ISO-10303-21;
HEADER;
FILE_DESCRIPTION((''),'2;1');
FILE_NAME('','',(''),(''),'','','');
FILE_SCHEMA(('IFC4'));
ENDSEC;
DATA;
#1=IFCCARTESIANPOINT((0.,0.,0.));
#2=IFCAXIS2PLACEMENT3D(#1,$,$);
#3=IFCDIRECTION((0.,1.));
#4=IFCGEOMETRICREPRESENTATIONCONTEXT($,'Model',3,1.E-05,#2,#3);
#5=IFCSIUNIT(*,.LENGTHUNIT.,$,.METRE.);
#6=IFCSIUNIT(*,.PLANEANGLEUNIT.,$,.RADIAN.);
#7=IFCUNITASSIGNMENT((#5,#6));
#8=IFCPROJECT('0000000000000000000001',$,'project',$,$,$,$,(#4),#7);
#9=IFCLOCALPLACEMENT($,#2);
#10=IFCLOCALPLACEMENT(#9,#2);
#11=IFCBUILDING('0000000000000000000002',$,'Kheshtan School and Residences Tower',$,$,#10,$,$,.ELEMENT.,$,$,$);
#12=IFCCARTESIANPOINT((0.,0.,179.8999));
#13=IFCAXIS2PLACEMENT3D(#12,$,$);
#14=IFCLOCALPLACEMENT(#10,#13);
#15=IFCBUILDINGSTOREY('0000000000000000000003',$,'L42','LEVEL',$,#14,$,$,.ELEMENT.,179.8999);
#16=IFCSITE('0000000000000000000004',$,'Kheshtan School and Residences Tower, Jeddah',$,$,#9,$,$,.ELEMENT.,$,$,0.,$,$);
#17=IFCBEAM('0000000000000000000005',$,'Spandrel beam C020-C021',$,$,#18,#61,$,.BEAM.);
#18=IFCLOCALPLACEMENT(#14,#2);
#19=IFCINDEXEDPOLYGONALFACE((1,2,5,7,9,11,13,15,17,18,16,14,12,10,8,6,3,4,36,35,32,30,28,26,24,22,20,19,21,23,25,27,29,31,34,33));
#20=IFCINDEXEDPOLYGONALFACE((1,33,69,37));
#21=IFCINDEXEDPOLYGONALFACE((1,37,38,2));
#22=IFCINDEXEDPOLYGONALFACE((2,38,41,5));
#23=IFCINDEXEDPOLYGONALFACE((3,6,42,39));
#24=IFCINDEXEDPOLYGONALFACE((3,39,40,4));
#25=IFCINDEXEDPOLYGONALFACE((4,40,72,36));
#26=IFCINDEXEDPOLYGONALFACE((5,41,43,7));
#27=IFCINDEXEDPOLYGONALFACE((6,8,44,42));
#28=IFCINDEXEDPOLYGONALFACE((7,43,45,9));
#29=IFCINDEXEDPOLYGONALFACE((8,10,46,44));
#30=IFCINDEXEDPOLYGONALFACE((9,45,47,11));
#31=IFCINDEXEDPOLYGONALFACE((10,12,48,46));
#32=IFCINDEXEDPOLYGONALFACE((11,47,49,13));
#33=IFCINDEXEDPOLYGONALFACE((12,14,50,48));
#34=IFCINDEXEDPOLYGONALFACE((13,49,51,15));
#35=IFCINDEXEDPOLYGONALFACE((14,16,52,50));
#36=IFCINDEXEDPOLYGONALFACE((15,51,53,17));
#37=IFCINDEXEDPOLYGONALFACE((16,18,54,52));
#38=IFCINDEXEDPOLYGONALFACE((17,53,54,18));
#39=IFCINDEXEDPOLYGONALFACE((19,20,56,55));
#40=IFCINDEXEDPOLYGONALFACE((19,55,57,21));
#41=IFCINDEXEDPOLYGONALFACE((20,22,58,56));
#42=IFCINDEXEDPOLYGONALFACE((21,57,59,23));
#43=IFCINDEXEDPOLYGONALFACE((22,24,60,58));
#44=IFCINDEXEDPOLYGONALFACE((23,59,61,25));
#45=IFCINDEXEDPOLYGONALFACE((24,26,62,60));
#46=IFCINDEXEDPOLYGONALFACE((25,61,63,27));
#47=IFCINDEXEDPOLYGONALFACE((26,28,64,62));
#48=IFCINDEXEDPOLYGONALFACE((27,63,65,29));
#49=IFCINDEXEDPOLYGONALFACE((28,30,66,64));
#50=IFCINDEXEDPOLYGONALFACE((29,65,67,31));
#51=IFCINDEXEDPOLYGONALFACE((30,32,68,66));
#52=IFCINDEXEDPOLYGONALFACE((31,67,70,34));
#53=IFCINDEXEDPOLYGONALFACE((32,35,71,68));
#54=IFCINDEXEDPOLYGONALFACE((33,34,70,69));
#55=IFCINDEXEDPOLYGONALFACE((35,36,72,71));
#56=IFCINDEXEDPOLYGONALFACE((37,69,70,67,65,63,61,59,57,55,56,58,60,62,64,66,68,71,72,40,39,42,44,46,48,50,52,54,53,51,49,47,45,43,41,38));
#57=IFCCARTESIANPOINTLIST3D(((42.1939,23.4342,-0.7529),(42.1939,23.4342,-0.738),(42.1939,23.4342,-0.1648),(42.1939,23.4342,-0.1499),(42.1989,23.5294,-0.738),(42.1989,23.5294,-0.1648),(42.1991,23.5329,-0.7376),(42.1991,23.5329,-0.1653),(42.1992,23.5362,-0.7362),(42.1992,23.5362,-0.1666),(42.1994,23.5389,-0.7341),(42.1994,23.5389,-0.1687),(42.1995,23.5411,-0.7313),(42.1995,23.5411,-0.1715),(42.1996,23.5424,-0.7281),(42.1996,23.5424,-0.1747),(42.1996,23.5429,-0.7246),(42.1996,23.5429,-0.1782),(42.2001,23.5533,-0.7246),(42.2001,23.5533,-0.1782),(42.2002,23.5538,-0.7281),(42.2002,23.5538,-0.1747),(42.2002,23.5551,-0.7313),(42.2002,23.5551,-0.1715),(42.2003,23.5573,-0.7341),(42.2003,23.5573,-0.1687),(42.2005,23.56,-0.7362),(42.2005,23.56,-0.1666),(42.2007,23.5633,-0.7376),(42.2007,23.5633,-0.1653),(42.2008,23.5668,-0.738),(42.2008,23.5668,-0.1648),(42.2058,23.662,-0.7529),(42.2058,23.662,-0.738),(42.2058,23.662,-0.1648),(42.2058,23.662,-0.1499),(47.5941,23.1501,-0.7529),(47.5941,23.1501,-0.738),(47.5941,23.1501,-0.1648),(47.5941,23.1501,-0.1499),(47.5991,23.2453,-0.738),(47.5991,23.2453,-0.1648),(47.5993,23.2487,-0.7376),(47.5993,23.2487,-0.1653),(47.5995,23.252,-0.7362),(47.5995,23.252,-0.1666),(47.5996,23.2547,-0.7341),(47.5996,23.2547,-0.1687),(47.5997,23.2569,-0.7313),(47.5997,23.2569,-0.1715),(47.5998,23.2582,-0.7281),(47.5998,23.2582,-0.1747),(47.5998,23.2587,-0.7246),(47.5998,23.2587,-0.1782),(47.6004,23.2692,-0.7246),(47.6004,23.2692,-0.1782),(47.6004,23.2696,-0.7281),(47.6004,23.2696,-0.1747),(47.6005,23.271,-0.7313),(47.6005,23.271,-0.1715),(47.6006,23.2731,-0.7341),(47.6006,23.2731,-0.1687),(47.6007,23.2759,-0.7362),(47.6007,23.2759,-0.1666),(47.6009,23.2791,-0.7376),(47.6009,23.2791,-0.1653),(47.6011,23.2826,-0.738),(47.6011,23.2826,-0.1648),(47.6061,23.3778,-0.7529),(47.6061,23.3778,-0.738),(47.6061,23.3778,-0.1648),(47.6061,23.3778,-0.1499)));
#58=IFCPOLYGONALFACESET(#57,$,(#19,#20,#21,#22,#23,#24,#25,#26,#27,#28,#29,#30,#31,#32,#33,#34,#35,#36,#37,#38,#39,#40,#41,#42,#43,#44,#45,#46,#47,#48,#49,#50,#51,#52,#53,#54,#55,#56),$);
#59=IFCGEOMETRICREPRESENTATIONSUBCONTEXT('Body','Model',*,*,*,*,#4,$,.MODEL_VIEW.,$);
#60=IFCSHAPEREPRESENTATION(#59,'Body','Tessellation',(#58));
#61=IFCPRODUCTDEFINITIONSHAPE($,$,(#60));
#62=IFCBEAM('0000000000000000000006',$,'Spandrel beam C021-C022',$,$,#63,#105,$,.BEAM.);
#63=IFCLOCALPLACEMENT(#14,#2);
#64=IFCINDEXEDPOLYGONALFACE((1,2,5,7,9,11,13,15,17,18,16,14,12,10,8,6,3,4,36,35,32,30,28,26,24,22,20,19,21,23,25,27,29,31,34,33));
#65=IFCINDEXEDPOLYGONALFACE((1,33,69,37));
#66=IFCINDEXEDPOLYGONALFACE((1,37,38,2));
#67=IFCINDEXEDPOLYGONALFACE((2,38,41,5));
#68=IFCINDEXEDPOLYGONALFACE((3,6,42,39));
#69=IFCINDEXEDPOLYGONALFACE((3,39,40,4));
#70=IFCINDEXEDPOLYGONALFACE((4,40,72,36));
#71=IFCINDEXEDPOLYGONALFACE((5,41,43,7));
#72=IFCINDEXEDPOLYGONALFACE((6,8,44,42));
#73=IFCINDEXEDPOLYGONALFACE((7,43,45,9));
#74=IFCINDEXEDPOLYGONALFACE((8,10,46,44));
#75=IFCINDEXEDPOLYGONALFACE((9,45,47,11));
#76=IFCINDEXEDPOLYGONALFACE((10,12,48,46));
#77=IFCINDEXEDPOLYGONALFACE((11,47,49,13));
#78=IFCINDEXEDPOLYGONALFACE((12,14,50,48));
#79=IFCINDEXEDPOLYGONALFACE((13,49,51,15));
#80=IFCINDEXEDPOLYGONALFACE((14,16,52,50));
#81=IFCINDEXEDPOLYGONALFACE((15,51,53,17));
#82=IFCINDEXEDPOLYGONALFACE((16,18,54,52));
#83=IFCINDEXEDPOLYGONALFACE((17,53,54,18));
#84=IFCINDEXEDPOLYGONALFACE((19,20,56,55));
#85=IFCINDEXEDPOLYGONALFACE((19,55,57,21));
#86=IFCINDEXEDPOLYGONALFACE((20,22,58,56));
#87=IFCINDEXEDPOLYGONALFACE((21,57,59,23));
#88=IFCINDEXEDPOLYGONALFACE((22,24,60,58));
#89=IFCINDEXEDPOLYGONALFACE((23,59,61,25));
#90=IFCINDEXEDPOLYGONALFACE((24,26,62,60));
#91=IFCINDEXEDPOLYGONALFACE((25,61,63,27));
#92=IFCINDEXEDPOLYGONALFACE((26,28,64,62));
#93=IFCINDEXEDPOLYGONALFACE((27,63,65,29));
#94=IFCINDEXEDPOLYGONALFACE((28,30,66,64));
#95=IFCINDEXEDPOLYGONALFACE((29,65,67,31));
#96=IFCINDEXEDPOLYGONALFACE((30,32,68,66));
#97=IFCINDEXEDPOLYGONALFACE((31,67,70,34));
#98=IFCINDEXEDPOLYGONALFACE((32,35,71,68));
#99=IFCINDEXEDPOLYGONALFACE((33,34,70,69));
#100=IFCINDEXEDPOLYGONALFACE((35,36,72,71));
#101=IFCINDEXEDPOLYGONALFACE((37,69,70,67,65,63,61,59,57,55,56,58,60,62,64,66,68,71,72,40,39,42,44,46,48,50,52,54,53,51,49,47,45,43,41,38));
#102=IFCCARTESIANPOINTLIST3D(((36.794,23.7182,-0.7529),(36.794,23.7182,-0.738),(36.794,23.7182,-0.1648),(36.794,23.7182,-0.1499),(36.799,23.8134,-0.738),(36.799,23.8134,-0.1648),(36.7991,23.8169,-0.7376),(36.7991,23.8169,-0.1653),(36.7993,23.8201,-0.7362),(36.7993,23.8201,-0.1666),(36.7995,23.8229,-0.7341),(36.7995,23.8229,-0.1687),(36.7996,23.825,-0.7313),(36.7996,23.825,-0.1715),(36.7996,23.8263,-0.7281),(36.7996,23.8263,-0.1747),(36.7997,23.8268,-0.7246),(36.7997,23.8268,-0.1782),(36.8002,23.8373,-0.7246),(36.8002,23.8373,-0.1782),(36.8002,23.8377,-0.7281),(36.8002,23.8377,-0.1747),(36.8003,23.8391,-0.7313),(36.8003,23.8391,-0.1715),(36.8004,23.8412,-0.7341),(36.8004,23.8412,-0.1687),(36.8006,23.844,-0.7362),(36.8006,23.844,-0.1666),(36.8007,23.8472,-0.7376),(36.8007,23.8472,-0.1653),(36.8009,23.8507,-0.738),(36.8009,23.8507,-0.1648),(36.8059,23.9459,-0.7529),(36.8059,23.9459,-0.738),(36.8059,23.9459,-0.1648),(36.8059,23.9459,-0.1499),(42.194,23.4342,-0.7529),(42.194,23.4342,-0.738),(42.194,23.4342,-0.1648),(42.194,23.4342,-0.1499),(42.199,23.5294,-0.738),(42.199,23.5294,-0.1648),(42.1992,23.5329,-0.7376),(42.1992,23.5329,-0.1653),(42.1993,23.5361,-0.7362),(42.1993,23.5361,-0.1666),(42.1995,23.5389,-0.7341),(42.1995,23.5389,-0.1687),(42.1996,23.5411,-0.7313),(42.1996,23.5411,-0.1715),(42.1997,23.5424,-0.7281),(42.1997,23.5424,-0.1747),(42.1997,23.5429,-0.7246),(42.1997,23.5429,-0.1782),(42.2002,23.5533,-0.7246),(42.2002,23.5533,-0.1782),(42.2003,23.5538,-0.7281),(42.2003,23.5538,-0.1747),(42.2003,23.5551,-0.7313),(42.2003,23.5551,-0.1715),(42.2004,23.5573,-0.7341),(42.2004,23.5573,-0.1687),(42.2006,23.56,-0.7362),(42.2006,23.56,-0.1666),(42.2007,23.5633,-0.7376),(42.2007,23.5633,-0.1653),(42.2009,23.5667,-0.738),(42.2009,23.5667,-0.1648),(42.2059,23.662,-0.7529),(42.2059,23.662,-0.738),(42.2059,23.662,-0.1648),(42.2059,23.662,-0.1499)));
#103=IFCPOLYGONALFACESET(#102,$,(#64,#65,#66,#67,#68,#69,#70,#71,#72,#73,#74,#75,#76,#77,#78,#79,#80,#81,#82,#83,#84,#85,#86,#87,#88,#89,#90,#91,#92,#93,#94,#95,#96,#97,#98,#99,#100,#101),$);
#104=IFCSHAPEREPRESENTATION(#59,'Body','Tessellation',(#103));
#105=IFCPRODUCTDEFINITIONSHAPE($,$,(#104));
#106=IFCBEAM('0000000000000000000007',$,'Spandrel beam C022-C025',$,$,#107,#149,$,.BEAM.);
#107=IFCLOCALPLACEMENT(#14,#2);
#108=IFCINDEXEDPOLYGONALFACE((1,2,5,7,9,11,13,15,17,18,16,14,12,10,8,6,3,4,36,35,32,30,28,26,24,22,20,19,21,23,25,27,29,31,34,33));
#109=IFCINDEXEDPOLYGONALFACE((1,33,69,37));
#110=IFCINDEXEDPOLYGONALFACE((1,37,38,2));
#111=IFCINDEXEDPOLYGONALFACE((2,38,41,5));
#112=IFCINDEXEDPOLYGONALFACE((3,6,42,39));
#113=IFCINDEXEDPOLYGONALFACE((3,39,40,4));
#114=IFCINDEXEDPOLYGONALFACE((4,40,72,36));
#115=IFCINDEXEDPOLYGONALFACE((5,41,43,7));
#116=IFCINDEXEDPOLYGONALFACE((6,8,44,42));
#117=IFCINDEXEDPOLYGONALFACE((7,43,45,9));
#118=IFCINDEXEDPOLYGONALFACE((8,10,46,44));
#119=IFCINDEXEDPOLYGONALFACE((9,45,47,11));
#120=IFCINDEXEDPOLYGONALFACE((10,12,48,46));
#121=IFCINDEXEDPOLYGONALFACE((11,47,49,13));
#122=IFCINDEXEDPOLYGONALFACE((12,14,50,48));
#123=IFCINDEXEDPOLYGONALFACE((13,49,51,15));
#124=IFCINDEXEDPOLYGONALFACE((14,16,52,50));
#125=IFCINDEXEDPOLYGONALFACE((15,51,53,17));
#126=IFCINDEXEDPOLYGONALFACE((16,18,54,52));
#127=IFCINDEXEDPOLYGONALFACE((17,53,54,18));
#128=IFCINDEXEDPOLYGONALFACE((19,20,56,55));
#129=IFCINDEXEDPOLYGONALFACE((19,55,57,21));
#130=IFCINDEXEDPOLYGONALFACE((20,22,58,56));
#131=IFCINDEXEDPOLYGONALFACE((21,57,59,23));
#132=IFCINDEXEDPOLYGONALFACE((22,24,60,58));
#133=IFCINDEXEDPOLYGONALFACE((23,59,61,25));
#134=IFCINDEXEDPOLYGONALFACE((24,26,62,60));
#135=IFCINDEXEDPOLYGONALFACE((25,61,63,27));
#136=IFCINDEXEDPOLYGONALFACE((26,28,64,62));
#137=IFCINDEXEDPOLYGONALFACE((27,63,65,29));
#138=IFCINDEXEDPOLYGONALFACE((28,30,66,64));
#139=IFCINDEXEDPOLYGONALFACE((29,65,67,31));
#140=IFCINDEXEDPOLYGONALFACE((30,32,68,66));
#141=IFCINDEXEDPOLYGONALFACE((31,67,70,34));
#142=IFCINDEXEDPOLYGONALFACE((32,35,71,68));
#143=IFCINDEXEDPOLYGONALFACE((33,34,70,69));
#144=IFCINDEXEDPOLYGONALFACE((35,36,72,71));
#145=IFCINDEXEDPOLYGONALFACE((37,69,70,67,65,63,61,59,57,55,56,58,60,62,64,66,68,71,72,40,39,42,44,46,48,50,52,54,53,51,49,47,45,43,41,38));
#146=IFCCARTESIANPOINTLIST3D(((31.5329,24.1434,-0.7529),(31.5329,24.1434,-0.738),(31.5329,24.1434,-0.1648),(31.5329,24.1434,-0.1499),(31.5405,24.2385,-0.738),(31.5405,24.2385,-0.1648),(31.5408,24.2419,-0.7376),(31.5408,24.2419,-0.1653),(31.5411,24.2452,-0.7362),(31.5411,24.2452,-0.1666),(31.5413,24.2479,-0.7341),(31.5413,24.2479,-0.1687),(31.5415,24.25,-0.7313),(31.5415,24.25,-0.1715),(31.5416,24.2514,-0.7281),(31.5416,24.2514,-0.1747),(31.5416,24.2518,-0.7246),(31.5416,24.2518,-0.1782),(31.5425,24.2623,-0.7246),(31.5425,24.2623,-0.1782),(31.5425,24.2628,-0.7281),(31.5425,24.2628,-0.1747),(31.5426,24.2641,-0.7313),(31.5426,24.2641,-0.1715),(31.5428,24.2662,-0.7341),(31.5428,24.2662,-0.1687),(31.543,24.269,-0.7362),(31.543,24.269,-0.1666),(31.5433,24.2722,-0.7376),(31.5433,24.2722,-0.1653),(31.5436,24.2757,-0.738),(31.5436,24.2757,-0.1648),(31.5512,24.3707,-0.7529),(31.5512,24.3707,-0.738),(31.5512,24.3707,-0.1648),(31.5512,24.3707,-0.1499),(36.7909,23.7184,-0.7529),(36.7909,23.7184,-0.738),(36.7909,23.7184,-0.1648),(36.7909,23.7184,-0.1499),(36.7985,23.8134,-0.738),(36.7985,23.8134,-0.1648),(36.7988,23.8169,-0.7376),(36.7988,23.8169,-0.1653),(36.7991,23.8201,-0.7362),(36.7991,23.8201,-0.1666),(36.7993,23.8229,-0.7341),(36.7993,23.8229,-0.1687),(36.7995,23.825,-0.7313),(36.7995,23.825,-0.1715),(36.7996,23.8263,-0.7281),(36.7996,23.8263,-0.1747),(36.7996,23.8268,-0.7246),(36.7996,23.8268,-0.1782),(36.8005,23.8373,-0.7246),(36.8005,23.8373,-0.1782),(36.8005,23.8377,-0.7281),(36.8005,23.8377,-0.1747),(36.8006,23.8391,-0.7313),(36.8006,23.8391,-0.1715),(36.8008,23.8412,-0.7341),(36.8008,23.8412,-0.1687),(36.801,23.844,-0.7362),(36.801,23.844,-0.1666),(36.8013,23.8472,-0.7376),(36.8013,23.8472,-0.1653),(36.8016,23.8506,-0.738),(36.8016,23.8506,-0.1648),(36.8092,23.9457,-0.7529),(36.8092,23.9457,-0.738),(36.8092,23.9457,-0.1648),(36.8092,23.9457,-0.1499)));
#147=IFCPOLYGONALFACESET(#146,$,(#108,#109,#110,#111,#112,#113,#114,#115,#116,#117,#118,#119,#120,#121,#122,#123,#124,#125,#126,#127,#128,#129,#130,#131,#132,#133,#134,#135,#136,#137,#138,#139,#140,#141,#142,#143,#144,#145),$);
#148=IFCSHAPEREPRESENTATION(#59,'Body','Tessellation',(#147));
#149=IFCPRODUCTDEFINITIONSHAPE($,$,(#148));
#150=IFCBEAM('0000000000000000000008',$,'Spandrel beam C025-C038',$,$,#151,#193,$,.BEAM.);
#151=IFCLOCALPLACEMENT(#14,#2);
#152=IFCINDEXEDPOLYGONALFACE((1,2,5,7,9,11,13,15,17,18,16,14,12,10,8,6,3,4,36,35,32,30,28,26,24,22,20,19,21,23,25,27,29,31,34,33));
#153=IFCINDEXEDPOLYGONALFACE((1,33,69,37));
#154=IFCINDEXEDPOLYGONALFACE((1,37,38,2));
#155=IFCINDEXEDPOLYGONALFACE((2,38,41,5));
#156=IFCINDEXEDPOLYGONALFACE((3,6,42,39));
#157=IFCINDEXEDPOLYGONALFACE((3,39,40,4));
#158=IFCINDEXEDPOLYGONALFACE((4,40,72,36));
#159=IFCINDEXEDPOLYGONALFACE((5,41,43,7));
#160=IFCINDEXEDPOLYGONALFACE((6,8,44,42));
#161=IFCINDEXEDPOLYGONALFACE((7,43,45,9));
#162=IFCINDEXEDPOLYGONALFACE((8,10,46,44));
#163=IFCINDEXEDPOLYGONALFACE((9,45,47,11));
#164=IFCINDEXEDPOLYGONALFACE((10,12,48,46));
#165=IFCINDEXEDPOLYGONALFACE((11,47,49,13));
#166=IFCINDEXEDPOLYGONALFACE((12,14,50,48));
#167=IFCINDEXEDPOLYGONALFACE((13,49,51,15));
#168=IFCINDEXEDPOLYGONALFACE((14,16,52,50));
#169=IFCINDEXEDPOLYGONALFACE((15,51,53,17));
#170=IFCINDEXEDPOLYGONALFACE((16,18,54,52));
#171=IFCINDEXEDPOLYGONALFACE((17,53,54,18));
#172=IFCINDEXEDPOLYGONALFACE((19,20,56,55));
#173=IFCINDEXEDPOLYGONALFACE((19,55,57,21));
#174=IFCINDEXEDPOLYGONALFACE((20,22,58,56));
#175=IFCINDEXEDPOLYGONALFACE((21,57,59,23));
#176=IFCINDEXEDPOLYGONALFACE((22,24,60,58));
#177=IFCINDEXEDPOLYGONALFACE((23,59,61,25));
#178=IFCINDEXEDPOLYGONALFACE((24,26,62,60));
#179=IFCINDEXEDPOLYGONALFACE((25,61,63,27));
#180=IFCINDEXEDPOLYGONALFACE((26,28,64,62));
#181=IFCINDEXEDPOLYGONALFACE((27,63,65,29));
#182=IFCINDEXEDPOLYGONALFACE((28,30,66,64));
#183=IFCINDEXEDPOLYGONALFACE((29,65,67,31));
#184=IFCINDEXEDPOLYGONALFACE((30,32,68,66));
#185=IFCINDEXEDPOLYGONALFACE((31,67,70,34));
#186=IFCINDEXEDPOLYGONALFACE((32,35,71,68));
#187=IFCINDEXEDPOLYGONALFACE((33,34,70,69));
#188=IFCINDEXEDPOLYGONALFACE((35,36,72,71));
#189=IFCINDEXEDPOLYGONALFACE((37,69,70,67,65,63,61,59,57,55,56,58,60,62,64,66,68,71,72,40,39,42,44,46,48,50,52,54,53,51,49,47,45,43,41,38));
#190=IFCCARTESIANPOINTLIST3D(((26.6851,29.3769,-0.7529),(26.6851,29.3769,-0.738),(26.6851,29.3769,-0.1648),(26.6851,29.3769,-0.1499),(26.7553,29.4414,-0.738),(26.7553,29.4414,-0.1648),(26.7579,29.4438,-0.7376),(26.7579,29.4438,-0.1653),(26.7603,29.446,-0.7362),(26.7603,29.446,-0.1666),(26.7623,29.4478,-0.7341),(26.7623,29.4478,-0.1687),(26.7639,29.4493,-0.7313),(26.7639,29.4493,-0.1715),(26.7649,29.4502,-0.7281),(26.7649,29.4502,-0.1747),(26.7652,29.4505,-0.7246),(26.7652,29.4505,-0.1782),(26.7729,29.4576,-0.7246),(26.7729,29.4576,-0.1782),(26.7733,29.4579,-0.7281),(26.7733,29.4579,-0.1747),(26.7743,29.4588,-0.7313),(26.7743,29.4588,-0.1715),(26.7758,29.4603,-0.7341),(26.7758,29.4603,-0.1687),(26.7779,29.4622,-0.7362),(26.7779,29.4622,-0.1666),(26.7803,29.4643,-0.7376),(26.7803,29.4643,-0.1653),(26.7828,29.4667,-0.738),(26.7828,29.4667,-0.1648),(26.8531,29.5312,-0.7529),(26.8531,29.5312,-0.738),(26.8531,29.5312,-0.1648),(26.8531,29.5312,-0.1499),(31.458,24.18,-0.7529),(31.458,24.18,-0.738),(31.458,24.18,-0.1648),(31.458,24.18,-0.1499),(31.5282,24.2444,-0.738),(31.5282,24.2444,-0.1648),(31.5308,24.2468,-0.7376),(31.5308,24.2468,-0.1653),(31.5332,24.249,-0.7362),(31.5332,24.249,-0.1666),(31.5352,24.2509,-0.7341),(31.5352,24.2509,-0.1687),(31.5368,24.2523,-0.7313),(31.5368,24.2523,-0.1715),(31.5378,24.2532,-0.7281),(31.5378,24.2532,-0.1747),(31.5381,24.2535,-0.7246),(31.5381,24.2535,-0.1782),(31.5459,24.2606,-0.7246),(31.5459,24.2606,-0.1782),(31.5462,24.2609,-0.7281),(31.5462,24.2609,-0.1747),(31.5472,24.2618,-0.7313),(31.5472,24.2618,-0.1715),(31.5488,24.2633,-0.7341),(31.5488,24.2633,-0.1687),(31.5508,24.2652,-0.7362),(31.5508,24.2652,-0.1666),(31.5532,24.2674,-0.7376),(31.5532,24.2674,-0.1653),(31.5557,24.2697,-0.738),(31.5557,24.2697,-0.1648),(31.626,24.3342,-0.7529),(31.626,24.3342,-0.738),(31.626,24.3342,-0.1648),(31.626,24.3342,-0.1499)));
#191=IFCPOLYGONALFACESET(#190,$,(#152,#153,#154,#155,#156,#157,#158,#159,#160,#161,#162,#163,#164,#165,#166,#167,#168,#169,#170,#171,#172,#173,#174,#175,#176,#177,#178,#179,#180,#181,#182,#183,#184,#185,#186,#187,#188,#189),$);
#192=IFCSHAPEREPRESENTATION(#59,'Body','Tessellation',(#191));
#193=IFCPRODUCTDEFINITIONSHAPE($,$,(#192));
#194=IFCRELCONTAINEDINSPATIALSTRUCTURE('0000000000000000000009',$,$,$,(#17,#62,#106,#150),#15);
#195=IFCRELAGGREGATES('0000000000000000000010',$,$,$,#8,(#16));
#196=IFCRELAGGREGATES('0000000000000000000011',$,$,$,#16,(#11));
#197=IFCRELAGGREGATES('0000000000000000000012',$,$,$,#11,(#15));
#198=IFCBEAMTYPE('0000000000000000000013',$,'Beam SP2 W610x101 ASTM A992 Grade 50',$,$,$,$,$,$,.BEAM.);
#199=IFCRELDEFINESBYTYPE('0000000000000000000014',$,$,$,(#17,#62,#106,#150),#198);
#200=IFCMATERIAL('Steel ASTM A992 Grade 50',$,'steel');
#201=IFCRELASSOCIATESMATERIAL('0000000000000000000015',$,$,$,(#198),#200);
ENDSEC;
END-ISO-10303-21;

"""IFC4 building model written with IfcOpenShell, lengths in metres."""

from ifc_helpers import new_model, si_unit, direction, frame, origin, origin_2d, place, context, subcontext, project, spatial, i_section, extrude, material, material_profile, profile_set, type_object, element, save


model = new_model("IFC4")

# Units and contexts
model_context = context("Model", 3, precision=1e-05, world=origin(), true_north=direction((0.0, 1.0)))
body_context = subcontext(model_context, "Body", "Model", "MODEL_VIEW")
ifc_project = project(units=[si_unit("LENGTHUNIT", "METRE"), si_unit("PLANEANGLEUNIT", "RADIAN")], contexts=[model_context])

# Site, building, storey
site_placement = place(None, origin())
site = spatial("IfcSite", under=ifc_project, at=site_placement, Name="Kheshtan School and Residences Tower, Jeddah", CompositionType="ELEMENT", RefElevation=0.0)
building_placement = place(site_placement, origin())
building = spatial("IfcBuilding", under=site, at=building_placement, Name="Kheshtan School and Residences Tower", CompositionType="ELEMENT")
storey_placement = place(building_placement, frame((0.0, 0.0, 179.8999)))
storey = spatial("IfcBuildingStorey", under=building, at=storey_placement, Name="L42", Description="LEVEL", CompositionType="ELEMENT", Elevation=179.8999)

# Shared definitions
ifc_material_1 = material(Name="Steel ASTM A992 Grade 50", Category="steel")

# Beams
ifc_material_profile_1 = material_profile(ifc_material_1, i_section(OverallWidth=0.228, OverallDepth=0.603, WebThickness=0.0105, FlangeThickness=0.0149, FilletRadius=0.0134, at=origin_2d()), Name="W610x101")
ifc_profile_set_1 = profile_set([ifc_material_profile_1], Name="Steel ASTM A992 Grade 50")
beam_type_1 = type_object("IfcBeamType", Name="Beam SP2 W610x101 ASTM A992 Grade 50", PredefinedType="BEAM", material=ifc_profile_set_1)
beam_1_placement = place(storey_placement, frame((47.6001, 23.2639, -0.4514), z_axis=(-0.998618, 0.052552, 0.0), x_axis=(-0.052552, -0.998618, 0.0)))
element("IfcBeam", 1, at=beam_1_placement, inside=storey, type_object=beam_type_1, Name="Spandrel beam C020-C021", PredefinedType="BEAM", context=body_context, shape_type="SweptSolid", body=[
    extrude(i_section(OverallWidth=0.228, OverallDepth=0.603, WebThickness=0.0105, FlangeThickness=0.0149, FilletRadius=0.0134, at=origin_2d()), origin(), (0.0, 0.0, 1.0), 5.4077),
])
beam_2_placement = place(storey_placement, frame((42.2, 23.5481, -0.4514), z_axis=(-0.99862, 0.052509, 0.0), x_axis=(-0.052509, -0.99862, 0.0)))
element("IfcBeam", 2, at=beam_2_placement, inside=storey, type_object=beam_type_1, Name="Spandrel beam C021-C022", PredefinedType="BEAM", context=body_context, shape_type="SweptSolid", body=[
    extrude(i_section(OverallWidth=0.228, OverallDepth=0.603, WebThickness=0.0105, FlangeThickness=0.0149, FilletRadius=0.0134, at=origin_2d()), origin(), (0.0, 0.0, 1.0), 5.4075),
])
beam_3_placement = place(storey_placement, frame((36.8, 23.832, -0.4514), z_axis=(-0.996749, 0.080575, 0.0), x_axis=(-0.080575, -0.996749, 0.0)))
element("IfcBeam", 3, at=beam_3_placement, inside=storey, type_object=beam_type_1, Name="Spandrel beam C022-C025", PredefinedType="BEAM", context=body_context, shape_type="SweptSolid", body=[
    extrude(i_section(OverallWidth=0.228, OverallDepth=0.603, WebThickness=0.0105, FlangeThickness=0.0149, FilletRadius=0.0134, at=origin_2d()), origin(), (0.0, 0.0, 1.0), 5.2751),
])
beam_4_placement = place(storey_placement, frame((31.542, 24.2571, -0.4514), z_axis=(-0.676418, 0.736518, 0.0), x_axis=(-0.736518, -0.676418, 0.0)))
element("IfcBeam", 4, at=beam_4_placement, inside=storey, type_object=beam_type_1, Name="Spandrel beam C025-C038", PredefinedType="BEAM", context=body_context, shape_type="SweptSolid", body=[
    extrude(i_section(OverallWidth=0.228, OverallDepth=0.603, WebThickness=0.0105, FlangeThickness=0.0149, FilletRadius=0.0134, at=origin_2d()), origin(), (0.0, 0.0, 1.0), 7.0562),
])

save(model, "model.ifc")
